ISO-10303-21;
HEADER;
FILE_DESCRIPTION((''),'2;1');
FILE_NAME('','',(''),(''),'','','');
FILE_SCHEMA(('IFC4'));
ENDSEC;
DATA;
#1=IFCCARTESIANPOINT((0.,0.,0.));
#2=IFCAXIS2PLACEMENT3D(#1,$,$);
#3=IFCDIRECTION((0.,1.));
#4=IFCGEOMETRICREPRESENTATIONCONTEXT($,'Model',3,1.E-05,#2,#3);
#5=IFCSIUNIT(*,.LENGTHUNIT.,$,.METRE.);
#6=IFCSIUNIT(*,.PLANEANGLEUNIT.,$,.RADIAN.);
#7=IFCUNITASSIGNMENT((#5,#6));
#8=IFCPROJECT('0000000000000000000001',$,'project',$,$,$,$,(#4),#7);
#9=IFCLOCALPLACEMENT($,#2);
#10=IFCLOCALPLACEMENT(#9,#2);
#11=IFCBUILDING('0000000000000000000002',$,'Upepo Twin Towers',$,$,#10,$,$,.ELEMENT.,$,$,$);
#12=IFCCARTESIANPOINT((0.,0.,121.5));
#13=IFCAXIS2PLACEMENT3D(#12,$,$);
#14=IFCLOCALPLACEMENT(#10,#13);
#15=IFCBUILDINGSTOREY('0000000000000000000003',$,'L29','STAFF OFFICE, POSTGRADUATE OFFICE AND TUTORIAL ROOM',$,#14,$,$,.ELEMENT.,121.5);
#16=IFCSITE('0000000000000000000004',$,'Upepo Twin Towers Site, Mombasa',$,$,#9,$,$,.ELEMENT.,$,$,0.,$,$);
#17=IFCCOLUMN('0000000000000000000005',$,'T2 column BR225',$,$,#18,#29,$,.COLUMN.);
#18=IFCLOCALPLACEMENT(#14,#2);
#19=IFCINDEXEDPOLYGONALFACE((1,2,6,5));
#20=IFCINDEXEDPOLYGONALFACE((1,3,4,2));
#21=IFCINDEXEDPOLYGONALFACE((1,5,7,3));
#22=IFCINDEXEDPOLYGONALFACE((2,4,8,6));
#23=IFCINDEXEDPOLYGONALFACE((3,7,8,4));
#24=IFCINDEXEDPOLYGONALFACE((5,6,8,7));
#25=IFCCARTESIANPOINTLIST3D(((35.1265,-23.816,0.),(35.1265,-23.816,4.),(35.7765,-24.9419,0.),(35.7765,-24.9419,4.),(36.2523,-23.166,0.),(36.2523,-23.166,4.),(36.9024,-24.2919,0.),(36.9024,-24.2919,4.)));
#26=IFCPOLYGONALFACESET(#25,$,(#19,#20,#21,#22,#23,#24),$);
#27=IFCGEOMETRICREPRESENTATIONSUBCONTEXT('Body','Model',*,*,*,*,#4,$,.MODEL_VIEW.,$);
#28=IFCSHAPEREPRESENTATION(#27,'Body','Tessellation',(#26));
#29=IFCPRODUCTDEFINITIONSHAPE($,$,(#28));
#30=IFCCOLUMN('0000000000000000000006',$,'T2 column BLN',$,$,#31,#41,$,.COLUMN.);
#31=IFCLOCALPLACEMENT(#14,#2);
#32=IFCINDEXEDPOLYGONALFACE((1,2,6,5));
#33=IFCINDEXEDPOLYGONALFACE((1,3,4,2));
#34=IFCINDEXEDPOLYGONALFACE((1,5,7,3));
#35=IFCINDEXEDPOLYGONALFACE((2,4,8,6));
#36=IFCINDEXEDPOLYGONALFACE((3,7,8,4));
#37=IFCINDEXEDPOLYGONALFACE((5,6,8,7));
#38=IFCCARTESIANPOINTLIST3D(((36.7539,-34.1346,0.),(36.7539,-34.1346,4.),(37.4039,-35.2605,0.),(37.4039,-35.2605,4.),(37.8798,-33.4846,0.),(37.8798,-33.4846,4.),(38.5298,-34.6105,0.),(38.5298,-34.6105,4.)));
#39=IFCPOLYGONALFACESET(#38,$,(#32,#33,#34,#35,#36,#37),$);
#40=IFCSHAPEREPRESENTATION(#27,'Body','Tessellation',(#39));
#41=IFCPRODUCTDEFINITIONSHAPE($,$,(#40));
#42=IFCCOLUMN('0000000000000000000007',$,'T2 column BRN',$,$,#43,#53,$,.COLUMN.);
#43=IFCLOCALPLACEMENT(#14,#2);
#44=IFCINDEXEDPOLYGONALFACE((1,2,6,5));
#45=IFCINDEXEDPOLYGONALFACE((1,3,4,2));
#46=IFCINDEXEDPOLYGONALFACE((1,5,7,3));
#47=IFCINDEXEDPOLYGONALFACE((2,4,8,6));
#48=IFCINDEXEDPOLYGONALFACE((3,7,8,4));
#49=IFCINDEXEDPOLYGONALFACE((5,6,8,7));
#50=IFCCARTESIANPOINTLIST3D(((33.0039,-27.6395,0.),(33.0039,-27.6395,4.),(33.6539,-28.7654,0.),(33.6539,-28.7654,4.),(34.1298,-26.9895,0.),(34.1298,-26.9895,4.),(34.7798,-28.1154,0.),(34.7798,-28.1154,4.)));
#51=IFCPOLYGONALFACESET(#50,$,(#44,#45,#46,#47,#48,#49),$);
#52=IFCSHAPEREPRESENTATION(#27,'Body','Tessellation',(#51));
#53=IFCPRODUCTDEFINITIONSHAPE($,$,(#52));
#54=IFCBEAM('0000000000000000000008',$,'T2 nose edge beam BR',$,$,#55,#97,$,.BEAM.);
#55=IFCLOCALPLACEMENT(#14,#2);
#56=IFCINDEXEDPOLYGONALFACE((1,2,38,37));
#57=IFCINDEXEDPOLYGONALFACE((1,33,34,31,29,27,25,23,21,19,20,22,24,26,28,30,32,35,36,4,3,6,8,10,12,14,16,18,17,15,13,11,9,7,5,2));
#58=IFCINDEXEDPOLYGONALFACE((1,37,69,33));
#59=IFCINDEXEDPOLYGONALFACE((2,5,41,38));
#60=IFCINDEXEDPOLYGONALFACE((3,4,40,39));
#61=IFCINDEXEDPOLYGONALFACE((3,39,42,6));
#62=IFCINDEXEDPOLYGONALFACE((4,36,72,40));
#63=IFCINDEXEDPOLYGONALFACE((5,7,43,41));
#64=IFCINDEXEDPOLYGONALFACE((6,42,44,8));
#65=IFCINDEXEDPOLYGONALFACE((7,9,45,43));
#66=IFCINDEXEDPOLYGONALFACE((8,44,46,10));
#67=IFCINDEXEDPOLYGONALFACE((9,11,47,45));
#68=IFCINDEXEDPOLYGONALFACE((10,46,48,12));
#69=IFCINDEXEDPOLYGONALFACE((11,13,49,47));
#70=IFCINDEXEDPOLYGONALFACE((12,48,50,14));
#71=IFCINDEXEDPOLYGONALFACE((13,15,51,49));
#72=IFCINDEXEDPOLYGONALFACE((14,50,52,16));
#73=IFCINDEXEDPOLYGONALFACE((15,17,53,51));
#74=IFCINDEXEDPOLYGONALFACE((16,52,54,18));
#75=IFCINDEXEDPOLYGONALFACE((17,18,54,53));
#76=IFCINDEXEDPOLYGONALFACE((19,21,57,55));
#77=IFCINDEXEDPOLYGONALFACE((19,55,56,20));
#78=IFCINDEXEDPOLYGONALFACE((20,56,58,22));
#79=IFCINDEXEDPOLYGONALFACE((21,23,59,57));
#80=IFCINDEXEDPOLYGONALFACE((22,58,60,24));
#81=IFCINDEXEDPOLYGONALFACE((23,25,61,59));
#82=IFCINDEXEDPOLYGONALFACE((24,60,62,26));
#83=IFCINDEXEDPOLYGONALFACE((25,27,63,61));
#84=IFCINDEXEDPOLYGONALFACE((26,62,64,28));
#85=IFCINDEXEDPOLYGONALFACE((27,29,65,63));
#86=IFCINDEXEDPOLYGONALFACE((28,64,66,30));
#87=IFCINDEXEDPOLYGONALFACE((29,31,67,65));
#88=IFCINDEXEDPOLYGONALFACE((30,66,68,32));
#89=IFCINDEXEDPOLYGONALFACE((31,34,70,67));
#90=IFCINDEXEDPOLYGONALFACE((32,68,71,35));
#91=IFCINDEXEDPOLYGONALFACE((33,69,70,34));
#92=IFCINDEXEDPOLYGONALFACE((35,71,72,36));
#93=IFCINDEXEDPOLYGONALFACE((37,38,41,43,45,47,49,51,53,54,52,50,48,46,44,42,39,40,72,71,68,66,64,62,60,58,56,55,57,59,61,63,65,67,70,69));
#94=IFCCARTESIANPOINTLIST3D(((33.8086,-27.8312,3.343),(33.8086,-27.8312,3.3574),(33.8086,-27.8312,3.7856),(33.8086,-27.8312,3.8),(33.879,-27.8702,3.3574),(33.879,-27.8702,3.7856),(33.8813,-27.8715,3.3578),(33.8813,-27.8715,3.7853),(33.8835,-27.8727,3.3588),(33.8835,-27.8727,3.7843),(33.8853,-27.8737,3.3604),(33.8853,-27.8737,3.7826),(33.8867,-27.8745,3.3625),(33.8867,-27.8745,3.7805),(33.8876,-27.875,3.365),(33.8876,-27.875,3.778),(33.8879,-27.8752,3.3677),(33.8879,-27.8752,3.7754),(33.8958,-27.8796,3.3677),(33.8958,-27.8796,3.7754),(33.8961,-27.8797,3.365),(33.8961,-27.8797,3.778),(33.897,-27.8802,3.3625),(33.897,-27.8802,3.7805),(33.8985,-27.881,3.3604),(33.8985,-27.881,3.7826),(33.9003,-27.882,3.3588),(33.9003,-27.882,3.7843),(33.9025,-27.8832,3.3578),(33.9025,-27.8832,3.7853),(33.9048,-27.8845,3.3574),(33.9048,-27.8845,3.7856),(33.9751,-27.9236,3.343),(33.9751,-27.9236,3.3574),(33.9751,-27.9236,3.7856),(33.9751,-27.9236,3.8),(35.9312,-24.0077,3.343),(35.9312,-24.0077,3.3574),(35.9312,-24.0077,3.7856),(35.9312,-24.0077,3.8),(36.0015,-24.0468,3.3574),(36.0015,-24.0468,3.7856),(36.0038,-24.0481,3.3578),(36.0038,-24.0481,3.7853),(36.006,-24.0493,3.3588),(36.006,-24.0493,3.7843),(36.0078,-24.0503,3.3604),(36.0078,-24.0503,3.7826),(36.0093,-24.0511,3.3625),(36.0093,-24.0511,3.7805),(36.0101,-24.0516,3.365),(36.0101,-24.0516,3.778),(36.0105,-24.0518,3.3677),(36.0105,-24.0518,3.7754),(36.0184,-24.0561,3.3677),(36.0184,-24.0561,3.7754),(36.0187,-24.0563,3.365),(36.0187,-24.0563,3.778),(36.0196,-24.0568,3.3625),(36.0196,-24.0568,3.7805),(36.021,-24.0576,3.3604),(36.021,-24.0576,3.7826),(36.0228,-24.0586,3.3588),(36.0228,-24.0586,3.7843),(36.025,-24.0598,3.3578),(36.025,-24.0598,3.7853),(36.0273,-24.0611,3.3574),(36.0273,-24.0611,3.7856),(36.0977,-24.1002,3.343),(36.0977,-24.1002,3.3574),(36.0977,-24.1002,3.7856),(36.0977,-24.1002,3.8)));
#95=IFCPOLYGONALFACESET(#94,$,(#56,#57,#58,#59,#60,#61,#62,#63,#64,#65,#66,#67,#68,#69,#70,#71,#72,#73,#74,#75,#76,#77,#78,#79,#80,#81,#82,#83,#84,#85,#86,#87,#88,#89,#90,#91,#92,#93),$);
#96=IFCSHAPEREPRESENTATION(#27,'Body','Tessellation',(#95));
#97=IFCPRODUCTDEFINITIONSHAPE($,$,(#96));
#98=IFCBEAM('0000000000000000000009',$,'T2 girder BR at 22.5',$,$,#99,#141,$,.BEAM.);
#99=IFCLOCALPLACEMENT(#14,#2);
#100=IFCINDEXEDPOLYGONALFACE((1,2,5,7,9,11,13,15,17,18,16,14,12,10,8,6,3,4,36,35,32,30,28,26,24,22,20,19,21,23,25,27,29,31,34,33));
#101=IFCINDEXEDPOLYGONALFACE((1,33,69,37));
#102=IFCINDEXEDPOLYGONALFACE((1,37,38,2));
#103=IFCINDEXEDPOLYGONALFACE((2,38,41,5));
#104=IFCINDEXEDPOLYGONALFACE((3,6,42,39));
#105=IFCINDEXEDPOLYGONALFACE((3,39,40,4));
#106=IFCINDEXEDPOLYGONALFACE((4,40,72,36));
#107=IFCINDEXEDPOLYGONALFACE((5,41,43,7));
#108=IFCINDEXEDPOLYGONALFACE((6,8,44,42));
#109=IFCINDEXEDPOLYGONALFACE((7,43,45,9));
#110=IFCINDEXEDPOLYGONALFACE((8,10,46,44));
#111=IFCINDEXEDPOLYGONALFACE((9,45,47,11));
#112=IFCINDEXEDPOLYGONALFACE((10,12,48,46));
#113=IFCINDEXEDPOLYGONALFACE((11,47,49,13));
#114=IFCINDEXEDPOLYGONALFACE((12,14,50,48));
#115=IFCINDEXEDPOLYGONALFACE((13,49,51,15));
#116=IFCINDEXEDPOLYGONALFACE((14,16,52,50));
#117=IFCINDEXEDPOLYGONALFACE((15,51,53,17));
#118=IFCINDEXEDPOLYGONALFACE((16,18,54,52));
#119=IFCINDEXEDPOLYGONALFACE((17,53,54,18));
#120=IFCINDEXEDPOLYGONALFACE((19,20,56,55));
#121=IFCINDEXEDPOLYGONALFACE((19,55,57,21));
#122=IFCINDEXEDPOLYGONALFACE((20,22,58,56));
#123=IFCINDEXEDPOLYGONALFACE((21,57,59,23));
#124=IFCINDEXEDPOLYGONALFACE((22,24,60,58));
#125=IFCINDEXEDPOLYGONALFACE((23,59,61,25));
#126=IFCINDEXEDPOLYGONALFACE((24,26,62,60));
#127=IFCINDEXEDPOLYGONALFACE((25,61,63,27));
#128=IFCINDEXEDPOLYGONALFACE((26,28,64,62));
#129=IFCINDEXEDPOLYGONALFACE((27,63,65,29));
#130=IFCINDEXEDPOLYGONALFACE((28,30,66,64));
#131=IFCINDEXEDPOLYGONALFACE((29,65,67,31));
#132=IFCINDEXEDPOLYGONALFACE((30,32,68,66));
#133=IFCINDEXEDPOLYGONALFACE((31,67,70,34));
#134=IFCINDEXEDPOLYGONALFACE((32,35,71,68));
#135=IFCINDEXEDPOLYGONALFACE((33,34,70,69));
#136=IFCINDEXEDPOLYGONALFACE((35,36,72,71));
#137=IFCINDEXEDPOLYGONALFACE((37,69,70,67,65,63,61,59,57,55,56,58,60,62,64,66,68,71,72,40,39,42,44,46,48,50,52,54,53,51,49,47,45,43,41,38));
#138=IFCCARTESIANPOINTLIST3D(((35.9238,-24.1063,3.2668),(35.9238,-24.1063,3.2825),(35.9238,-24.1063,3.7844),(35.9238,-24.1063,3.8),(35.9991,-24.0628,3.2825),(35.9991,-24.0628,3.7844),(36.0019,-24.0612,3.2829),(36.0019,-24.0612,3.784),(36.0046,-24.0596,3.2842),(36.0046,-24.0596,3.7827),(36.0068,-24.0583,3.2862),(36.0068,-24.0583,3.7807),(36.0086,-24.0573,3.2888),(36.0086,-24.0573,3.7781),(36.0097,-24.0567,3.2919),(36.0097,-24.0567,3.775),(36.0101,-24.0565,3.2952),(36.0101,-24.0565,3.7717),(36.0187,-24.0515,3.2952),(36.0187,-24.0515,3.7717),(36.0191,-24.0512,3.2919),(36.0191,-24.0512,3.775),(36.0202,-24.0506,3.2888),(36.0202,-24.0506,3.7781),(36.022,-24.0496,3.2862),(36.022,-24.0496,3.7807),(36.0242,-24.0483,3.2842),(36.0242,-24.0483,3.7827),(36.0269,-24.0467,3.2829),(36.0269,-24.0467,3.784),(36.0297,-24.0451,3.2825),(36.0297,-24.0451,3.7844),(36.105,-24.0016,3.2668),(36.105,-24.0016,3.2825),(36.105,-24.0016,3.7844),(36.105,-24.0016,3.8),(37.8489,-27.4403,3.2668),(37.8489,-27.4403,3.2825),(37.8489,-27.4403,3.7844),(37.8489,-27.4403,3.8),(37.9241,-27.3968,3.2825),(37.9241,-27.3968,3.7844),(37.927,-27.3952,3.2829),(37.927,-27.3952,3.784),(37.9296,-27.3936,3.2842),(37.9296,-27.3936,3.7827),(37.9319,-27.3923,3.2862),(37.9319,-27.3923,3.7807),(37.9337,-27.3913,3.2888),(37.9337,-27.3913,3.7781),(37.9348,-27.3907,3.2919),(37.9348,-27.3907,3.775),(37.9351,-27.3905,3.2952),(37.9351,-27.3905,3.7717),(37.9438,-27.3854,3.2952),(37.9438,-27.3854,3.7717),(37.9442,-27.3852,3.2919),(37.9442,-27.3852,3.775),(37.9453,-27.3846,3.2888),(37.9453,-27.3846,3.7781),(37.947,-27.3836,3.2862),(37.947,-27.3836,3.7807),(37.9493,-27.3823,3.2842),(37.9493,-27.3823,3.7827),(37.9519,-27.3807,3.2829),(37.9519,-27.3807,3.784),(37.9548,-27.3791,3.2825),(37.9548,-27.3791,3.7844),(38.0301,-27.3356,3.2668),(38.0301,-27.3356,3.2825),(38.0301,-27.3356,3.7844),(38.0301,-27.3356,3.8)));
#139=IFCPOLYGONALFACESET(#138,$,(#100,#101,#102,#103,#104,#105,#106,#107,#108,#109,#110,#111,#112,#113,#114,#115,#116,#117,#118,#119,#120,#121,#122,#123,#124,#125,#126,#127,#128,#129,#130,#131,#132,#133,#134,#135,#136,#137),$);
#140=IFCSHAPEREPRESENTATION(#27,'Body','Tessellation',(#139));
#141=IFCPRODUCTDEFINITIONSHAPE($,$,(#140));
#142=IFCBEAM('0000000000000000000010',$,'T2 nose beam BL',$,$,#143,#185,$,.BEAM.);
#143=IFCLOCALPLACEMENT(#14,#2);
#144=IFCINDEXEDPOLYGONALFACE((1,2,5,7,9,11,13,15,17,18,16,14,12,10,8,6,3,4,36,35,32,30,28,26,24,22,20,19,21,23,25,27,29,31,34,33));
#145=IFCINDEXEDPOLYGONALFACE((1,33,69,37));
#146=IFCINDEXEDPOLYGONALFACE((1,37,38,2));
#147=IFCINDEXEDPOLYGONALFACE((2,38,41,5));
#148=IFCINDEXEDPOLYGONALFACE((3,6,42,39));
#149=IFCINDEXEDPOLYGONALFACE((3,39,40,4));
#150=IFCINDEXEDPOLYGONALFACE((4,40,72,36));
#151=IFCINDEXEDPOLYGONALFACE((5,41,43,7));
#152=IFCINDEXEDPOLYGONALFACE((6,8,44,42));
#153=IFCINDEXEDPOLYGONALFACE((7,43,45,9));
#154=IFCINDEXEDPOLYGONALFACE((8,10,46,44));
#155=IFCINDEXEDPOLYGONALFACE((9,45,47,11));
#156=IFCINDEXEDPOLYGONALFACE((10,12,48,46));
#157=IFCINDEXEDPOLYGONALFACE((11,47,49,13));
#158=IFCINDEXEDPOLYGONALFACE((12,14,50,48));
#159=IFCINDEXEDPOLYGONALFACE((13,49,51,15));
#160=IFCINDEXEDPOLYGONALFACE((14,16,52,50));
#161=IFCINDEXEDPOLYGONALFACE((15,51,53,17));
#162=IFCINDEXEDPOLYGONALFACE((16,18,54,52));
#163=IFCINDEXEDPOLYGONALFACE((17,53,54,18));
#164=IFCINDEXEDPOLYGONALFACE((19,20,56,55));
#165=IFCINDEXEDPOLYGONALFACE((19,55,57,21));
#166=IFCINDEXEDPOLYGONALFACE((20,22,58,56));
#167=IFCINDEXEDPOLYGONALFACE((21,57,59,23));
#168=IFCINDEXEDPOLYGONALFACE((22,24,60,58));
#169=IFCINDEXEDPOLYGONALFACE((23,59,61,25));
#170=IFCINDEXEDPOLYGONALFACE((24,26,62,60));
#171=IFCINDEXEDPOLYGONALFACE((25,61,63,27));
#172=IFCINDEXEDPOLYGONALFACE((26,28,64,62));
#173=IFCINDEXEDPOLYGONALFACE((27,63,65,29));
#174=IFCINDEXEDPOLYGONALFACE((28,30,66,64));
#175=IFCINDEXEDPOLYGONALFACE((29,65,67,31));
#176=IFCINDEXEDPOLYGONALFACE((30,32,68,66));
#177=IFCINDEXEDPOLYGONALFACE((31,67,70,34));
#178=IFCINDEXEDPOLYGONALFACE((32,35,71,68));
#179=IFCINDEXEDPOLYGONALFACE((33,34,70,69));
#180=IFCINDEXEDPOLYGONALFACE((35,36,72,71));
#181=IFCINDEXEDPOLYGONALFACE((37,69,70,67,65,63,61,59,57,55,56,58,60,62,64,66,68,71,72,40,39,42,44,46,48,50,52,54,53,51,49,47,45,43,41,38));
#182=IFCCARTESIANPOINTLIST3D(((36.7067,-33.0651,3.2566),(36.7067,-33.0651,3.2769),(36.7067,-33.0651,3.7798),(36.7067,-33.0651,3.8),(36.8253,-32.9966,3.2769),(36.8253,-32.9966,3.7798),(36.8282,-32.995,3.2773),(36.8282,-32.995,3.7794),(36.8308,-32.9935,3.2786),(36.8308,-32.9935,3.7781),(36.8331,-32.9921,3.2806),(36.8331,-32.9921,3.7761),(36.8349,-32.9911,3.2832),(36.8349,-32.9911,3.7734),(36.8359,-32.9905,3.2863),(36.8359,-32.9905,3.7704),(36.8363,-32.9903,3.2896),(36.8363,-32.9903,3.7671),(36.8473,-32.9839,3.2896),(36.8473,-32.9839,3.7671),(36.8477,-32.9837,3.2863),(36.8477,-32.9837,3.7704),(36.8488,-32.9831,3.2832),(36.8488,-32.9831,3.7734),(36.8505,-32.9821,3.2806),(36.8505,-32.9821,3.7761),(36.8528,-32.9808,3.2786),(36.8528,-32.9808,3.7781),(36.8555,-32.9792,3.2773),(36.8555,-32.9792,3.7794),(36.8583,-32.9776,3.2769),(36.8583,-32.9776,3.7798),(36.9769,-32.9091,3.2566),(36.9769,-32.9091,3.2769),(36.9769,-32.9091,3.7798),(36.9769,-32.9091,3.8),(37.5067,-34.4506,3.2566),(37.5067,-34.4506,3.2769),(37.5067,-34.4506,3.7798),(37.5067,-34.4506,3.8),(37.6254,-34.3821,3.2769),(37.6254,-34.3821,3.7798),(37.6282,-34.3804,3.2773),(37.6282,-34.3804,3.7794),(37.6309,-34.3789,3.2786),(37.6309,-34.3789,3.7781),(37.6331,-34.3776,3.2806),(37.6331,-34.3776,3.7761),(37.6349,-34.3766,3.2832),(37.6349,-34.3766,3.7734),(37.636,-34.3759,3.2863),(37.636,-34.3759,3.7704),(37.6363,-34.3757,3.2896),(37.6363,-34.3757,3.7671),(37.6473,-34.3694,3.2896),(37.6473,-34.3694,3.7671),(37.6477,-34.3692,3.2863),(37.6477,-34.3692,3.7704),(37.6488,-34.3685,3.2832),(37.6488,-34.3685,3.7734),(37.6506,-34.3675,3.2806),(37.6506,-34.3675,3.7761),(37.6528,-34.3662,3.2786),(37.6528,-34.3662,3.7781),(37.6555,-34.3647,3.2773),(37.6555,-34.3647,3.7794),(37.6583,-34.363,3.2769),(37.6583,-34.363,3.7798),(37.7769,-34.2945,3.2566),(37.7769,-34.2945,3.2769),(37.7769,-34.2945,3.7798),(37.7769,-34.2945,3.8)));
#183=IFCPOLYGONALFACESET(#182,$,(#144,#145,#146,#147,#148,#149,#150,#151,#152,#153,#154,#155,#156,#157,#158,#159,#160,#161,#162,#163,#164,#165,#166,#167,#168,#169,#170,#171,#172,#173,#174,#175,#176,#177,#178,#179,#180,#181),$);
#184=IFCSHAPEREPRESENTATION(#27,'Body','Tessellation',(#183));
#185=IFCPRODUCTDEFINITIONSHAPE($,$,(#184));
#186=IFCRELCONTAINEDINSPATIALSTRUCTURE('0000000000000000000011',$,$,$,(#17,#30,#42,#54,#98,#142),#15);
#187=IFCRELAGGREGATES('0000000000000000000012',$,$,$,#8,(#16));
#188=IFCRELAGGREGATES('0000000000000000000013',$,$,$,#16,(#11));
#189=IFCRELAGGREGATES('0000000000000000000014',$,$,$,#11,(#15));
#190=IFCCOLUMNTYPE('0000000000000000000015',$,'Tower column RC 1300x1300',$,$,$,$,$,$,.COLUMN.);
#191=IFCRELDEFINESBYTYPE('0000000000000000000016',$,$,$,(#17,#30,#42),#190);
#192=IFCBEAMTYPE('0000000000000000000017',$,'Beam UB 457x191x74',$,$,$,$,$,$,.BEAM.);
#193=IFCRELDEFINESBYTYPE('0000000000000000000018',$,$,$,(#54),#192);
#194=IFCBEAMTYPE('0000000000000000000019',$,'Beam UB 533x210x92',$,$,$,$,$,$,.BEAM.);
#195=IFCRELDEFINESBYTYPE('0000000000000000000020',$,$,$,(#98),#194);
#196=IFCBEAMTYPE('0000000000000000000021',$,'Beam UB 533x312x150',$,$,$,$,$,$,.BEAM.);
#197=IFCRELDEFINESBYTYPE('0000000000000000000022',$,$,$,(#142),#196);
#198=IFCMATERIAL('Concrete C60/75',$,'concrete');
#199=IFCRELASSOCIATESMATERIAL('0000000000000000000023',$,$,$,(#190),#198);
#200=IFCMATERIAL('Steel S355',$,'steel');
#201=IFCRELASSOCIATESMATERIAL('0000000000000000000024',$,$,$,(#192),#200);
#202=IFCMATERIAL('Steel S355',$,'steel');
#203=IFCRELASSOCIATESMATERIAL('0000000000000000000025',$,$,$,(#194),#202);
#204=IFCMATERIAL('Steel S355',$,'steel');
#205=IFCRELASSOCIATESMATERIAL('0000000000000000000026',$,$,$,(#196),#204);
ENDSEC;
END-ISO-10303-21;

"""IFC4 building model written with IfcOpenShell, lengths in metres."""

from ifc_helpers import new_model, si_unit, direction, frame, origin, origin_2d, place, context, subcontext, project, spatial, rectangle, i_section, extrude, material, material_profile, profile_set, type_object, element, save


model = new_model("IFC4")

# Units and contexts
model_context = context("Model", 3, precision=1e-05, world=origin(), true_north=direction((0.0, 1.0)))
body_context = subcontext(model_context, "Body", "Model", "MODEL_VIEW")
ifc_project = project(units=[si_unit("LENGTHUNIT", "METRE"), si_unit("PLANEANGLEUNIT", "RADIAN")], contexts=[model_context])

# Site, building, storey
site_placement = place(None, origin())
site = spatial("IfcSite", under=ifc_project, at=site_placement, Name="Upepo Twin Towers Site, Mombasa", CompositionType="ELEMENT", RefElevation=0.0)
building_placement = place(site_placement, origin())
building = spatial("IfcBuilding", under=site, at=building_placement, Name="Upepo Twin Towers", CompositionType="ELEMENT")
storey_placement = place(building_placement, frame((0.0, 0.0, 121.5)))
storey = spatial("IfcBuildingStorey", under=building, at=storey_placement, Name="L29", Description="STAFF OFFICE, POSTGRADUATE OFFICE AND TUTORIAL ROOM", CompositionType="ELEMENT", Elevation=121.5)

# Columns
ifc_material_1 = material(Name="Concrete C60/75", Category="concrete")
ifc_material_profile_1 = material_profile(ifc_material_1, rectangle(XDim=1.3, YDim=1.3, at=origin_2d()), Name="RC 1300x1300")
ifc_profile_set_1 = profile_set([ifc_material_profile_1], Name="Concrete C60/75")
column_type = type_object("IfcColumnType", Name="Tower column RC 1300x1300", PredefinedType="COLUMN", material=ifc_profile_set_1)
for number, where, z_axis, x_axis, name in (
    (1, (36.0144, -24.054, 0.0), (0.0, 0.0, 1.0), (0.866025, 0.5, 0.0), "T2 column BR225"),
    (2, (37.6418, -34.3726, 0.0), (0.0, 0.0, 1.0), (0.866025, 0.5, 0.0), "T2 column BLN"),
    (3, (33.8918, -27.8774, 0.0), (0.0, 0.0, 1.0), (0.866025, 0.5, 0.0), "T2 column BRN"),
):
    element("IfcColumn", number, at=place(storey_placement, frame(where, z_axis=z_axis, x_axis=x_axis)), inside=storey, type_object=column_type, Name=name, PredefinedType="COLUMN", context=body_context, shape_type="SweptSolid", body=[
        extrude(rectangle(XDim=1.3, YDim=1.3, at=origin_2d()), origin(), (0.0, 0.0, 1.0), 4.0),
    ])

# Beams
ifc_material_2 = material(Name="Steel S355", Category="steel")
ifc_material_profile_2 = material_profile(ifc_material_2, i_section(OverallWidth=0.1904, OverallDepth=0.457, WebThickness=0.009, FlangeThickness=0.0144, FilletRadius=0.0103, at=origin_2d()), Name="UB 457x191x74")
ifc_profile_set_2 = profile_set([ifc_material_profile_2], Name="Steel S355")
beam_type_1 = type_object("IfcBeamType", Name="Beam UB 457x191x74", PredefinedType="BEAM", material=ifc_profile_set_2)
beam_1_placement = place(storey_placement, frame((36.0144, -24.054, 3.5715), z_axis=(-0.485363, -0.874313, 0.0), x_axis=(0.874313, -0.485363, 0.0)))
element("IfcBeam", 4, at=beam_1_placement, inside=storey, type_object=beam_type_1, Name="T2 nose edge beam BR", PredefinedType="BEAM", context=body_context, shape_type="SweptSolid", body=[
    extrude(i_section(OverallWidth=0.1904, OverallDepth=0.457, WebThickness=0.009, FlangeThickness=0.0144, FilletRadius=0.0103, at=origin_2d()), origin(), (0.0, 0.0, 1.0), 4.373),
])
ifc_material_3 = material(Name="Steel S355", Category="steel")
ifc_material_profile_3 = material_profile(ifc_material_3, i_section(OverallWidth=0.2092, OverallDepth=0.5332, WebThickness=0.01, FlangeThickness=0.0156, FilletRadius=0.0127, at=origin_2d()), Name="UB 533x210x92")
ifc_profile_set_3 = profile_set([ifc_material_profile_3], Name="Steel S355")
beam_type_2 = type_object("IfcBeamType", Name="Beam UB 533x210x92", PredefinedType="BEAM", material=ifc_profile_set_3)
beam_2_placement = place(storey_placement, frame((36.0144, -24.054, 3.5334), z_axis=(0.500034, -0.866006, 0.0), x_axis=(0.866006, 0.500034, 0.0)))
element("IfcBeam", 5, at=beam_2_placement, inside=storey, type_object=beam_type_2, Name="T2 girder BR at 22.5", PredefinedType="BEAM", context=body_context, shape_type="SweptSolid", body=[
    extrude(i_section(OverallWidth=0.2092, OverallDepth=0.5332, WebThickness=0.01, FlangeThickness=0.0156, FilletRadius=0.0127, at=origin_2d()), origin(), (0.0, 0.0, 1.0), 3.8499),
])
ifc_material_4 = material(Name="Steel S355", Category="steel")
ifc_material_profile_4 = material_profile(ifc_material_4, i_section(OverallWidth=0.312, OverallDepth=0.5435, WebThickness=0.0127, FlangeThickness=0.0203, FilletRadius=0.0127, at=origin_2d()), Name="UB 533x312x150")
ifc_profile_set_4 = profile_set([ifc_material_profile_4], Name="Steel S355")
beam_type_3 = type_object("IfcBeamType", Name="Beam UB 533x312x150", PredefinedType="BEAM", material=ifc_profile_set_4)
for number, where, z_axis, x_axis, name in (
    (6, (37.6418, -34.3726, 3.5283), (-0.500061, 0.86599, 0.0), (-0.86599, -0.500061, 0.0), "T2 nose beam BL"),
):
    element("IfcBeam", number, at=place(storey_placement, frame(where, z_axis=z_axis, x_axis=x_axis)), inside=storey, type_object=beam_type_3, Name=name, PredefinedType="BEAM", context=body_context, shape_type="SweptSolid", body=[
        extrude(i_section(OverallWidth=0.312, OverallDepth=0.5435, WebThickness=0.0127, FlangeThickness=0.0203, FilletRadius=0.0127, at=origin_2d()), origin(), (0.0, 0.0, 1.0), 1.5999),
    ])

save(model, "model.ifc")
